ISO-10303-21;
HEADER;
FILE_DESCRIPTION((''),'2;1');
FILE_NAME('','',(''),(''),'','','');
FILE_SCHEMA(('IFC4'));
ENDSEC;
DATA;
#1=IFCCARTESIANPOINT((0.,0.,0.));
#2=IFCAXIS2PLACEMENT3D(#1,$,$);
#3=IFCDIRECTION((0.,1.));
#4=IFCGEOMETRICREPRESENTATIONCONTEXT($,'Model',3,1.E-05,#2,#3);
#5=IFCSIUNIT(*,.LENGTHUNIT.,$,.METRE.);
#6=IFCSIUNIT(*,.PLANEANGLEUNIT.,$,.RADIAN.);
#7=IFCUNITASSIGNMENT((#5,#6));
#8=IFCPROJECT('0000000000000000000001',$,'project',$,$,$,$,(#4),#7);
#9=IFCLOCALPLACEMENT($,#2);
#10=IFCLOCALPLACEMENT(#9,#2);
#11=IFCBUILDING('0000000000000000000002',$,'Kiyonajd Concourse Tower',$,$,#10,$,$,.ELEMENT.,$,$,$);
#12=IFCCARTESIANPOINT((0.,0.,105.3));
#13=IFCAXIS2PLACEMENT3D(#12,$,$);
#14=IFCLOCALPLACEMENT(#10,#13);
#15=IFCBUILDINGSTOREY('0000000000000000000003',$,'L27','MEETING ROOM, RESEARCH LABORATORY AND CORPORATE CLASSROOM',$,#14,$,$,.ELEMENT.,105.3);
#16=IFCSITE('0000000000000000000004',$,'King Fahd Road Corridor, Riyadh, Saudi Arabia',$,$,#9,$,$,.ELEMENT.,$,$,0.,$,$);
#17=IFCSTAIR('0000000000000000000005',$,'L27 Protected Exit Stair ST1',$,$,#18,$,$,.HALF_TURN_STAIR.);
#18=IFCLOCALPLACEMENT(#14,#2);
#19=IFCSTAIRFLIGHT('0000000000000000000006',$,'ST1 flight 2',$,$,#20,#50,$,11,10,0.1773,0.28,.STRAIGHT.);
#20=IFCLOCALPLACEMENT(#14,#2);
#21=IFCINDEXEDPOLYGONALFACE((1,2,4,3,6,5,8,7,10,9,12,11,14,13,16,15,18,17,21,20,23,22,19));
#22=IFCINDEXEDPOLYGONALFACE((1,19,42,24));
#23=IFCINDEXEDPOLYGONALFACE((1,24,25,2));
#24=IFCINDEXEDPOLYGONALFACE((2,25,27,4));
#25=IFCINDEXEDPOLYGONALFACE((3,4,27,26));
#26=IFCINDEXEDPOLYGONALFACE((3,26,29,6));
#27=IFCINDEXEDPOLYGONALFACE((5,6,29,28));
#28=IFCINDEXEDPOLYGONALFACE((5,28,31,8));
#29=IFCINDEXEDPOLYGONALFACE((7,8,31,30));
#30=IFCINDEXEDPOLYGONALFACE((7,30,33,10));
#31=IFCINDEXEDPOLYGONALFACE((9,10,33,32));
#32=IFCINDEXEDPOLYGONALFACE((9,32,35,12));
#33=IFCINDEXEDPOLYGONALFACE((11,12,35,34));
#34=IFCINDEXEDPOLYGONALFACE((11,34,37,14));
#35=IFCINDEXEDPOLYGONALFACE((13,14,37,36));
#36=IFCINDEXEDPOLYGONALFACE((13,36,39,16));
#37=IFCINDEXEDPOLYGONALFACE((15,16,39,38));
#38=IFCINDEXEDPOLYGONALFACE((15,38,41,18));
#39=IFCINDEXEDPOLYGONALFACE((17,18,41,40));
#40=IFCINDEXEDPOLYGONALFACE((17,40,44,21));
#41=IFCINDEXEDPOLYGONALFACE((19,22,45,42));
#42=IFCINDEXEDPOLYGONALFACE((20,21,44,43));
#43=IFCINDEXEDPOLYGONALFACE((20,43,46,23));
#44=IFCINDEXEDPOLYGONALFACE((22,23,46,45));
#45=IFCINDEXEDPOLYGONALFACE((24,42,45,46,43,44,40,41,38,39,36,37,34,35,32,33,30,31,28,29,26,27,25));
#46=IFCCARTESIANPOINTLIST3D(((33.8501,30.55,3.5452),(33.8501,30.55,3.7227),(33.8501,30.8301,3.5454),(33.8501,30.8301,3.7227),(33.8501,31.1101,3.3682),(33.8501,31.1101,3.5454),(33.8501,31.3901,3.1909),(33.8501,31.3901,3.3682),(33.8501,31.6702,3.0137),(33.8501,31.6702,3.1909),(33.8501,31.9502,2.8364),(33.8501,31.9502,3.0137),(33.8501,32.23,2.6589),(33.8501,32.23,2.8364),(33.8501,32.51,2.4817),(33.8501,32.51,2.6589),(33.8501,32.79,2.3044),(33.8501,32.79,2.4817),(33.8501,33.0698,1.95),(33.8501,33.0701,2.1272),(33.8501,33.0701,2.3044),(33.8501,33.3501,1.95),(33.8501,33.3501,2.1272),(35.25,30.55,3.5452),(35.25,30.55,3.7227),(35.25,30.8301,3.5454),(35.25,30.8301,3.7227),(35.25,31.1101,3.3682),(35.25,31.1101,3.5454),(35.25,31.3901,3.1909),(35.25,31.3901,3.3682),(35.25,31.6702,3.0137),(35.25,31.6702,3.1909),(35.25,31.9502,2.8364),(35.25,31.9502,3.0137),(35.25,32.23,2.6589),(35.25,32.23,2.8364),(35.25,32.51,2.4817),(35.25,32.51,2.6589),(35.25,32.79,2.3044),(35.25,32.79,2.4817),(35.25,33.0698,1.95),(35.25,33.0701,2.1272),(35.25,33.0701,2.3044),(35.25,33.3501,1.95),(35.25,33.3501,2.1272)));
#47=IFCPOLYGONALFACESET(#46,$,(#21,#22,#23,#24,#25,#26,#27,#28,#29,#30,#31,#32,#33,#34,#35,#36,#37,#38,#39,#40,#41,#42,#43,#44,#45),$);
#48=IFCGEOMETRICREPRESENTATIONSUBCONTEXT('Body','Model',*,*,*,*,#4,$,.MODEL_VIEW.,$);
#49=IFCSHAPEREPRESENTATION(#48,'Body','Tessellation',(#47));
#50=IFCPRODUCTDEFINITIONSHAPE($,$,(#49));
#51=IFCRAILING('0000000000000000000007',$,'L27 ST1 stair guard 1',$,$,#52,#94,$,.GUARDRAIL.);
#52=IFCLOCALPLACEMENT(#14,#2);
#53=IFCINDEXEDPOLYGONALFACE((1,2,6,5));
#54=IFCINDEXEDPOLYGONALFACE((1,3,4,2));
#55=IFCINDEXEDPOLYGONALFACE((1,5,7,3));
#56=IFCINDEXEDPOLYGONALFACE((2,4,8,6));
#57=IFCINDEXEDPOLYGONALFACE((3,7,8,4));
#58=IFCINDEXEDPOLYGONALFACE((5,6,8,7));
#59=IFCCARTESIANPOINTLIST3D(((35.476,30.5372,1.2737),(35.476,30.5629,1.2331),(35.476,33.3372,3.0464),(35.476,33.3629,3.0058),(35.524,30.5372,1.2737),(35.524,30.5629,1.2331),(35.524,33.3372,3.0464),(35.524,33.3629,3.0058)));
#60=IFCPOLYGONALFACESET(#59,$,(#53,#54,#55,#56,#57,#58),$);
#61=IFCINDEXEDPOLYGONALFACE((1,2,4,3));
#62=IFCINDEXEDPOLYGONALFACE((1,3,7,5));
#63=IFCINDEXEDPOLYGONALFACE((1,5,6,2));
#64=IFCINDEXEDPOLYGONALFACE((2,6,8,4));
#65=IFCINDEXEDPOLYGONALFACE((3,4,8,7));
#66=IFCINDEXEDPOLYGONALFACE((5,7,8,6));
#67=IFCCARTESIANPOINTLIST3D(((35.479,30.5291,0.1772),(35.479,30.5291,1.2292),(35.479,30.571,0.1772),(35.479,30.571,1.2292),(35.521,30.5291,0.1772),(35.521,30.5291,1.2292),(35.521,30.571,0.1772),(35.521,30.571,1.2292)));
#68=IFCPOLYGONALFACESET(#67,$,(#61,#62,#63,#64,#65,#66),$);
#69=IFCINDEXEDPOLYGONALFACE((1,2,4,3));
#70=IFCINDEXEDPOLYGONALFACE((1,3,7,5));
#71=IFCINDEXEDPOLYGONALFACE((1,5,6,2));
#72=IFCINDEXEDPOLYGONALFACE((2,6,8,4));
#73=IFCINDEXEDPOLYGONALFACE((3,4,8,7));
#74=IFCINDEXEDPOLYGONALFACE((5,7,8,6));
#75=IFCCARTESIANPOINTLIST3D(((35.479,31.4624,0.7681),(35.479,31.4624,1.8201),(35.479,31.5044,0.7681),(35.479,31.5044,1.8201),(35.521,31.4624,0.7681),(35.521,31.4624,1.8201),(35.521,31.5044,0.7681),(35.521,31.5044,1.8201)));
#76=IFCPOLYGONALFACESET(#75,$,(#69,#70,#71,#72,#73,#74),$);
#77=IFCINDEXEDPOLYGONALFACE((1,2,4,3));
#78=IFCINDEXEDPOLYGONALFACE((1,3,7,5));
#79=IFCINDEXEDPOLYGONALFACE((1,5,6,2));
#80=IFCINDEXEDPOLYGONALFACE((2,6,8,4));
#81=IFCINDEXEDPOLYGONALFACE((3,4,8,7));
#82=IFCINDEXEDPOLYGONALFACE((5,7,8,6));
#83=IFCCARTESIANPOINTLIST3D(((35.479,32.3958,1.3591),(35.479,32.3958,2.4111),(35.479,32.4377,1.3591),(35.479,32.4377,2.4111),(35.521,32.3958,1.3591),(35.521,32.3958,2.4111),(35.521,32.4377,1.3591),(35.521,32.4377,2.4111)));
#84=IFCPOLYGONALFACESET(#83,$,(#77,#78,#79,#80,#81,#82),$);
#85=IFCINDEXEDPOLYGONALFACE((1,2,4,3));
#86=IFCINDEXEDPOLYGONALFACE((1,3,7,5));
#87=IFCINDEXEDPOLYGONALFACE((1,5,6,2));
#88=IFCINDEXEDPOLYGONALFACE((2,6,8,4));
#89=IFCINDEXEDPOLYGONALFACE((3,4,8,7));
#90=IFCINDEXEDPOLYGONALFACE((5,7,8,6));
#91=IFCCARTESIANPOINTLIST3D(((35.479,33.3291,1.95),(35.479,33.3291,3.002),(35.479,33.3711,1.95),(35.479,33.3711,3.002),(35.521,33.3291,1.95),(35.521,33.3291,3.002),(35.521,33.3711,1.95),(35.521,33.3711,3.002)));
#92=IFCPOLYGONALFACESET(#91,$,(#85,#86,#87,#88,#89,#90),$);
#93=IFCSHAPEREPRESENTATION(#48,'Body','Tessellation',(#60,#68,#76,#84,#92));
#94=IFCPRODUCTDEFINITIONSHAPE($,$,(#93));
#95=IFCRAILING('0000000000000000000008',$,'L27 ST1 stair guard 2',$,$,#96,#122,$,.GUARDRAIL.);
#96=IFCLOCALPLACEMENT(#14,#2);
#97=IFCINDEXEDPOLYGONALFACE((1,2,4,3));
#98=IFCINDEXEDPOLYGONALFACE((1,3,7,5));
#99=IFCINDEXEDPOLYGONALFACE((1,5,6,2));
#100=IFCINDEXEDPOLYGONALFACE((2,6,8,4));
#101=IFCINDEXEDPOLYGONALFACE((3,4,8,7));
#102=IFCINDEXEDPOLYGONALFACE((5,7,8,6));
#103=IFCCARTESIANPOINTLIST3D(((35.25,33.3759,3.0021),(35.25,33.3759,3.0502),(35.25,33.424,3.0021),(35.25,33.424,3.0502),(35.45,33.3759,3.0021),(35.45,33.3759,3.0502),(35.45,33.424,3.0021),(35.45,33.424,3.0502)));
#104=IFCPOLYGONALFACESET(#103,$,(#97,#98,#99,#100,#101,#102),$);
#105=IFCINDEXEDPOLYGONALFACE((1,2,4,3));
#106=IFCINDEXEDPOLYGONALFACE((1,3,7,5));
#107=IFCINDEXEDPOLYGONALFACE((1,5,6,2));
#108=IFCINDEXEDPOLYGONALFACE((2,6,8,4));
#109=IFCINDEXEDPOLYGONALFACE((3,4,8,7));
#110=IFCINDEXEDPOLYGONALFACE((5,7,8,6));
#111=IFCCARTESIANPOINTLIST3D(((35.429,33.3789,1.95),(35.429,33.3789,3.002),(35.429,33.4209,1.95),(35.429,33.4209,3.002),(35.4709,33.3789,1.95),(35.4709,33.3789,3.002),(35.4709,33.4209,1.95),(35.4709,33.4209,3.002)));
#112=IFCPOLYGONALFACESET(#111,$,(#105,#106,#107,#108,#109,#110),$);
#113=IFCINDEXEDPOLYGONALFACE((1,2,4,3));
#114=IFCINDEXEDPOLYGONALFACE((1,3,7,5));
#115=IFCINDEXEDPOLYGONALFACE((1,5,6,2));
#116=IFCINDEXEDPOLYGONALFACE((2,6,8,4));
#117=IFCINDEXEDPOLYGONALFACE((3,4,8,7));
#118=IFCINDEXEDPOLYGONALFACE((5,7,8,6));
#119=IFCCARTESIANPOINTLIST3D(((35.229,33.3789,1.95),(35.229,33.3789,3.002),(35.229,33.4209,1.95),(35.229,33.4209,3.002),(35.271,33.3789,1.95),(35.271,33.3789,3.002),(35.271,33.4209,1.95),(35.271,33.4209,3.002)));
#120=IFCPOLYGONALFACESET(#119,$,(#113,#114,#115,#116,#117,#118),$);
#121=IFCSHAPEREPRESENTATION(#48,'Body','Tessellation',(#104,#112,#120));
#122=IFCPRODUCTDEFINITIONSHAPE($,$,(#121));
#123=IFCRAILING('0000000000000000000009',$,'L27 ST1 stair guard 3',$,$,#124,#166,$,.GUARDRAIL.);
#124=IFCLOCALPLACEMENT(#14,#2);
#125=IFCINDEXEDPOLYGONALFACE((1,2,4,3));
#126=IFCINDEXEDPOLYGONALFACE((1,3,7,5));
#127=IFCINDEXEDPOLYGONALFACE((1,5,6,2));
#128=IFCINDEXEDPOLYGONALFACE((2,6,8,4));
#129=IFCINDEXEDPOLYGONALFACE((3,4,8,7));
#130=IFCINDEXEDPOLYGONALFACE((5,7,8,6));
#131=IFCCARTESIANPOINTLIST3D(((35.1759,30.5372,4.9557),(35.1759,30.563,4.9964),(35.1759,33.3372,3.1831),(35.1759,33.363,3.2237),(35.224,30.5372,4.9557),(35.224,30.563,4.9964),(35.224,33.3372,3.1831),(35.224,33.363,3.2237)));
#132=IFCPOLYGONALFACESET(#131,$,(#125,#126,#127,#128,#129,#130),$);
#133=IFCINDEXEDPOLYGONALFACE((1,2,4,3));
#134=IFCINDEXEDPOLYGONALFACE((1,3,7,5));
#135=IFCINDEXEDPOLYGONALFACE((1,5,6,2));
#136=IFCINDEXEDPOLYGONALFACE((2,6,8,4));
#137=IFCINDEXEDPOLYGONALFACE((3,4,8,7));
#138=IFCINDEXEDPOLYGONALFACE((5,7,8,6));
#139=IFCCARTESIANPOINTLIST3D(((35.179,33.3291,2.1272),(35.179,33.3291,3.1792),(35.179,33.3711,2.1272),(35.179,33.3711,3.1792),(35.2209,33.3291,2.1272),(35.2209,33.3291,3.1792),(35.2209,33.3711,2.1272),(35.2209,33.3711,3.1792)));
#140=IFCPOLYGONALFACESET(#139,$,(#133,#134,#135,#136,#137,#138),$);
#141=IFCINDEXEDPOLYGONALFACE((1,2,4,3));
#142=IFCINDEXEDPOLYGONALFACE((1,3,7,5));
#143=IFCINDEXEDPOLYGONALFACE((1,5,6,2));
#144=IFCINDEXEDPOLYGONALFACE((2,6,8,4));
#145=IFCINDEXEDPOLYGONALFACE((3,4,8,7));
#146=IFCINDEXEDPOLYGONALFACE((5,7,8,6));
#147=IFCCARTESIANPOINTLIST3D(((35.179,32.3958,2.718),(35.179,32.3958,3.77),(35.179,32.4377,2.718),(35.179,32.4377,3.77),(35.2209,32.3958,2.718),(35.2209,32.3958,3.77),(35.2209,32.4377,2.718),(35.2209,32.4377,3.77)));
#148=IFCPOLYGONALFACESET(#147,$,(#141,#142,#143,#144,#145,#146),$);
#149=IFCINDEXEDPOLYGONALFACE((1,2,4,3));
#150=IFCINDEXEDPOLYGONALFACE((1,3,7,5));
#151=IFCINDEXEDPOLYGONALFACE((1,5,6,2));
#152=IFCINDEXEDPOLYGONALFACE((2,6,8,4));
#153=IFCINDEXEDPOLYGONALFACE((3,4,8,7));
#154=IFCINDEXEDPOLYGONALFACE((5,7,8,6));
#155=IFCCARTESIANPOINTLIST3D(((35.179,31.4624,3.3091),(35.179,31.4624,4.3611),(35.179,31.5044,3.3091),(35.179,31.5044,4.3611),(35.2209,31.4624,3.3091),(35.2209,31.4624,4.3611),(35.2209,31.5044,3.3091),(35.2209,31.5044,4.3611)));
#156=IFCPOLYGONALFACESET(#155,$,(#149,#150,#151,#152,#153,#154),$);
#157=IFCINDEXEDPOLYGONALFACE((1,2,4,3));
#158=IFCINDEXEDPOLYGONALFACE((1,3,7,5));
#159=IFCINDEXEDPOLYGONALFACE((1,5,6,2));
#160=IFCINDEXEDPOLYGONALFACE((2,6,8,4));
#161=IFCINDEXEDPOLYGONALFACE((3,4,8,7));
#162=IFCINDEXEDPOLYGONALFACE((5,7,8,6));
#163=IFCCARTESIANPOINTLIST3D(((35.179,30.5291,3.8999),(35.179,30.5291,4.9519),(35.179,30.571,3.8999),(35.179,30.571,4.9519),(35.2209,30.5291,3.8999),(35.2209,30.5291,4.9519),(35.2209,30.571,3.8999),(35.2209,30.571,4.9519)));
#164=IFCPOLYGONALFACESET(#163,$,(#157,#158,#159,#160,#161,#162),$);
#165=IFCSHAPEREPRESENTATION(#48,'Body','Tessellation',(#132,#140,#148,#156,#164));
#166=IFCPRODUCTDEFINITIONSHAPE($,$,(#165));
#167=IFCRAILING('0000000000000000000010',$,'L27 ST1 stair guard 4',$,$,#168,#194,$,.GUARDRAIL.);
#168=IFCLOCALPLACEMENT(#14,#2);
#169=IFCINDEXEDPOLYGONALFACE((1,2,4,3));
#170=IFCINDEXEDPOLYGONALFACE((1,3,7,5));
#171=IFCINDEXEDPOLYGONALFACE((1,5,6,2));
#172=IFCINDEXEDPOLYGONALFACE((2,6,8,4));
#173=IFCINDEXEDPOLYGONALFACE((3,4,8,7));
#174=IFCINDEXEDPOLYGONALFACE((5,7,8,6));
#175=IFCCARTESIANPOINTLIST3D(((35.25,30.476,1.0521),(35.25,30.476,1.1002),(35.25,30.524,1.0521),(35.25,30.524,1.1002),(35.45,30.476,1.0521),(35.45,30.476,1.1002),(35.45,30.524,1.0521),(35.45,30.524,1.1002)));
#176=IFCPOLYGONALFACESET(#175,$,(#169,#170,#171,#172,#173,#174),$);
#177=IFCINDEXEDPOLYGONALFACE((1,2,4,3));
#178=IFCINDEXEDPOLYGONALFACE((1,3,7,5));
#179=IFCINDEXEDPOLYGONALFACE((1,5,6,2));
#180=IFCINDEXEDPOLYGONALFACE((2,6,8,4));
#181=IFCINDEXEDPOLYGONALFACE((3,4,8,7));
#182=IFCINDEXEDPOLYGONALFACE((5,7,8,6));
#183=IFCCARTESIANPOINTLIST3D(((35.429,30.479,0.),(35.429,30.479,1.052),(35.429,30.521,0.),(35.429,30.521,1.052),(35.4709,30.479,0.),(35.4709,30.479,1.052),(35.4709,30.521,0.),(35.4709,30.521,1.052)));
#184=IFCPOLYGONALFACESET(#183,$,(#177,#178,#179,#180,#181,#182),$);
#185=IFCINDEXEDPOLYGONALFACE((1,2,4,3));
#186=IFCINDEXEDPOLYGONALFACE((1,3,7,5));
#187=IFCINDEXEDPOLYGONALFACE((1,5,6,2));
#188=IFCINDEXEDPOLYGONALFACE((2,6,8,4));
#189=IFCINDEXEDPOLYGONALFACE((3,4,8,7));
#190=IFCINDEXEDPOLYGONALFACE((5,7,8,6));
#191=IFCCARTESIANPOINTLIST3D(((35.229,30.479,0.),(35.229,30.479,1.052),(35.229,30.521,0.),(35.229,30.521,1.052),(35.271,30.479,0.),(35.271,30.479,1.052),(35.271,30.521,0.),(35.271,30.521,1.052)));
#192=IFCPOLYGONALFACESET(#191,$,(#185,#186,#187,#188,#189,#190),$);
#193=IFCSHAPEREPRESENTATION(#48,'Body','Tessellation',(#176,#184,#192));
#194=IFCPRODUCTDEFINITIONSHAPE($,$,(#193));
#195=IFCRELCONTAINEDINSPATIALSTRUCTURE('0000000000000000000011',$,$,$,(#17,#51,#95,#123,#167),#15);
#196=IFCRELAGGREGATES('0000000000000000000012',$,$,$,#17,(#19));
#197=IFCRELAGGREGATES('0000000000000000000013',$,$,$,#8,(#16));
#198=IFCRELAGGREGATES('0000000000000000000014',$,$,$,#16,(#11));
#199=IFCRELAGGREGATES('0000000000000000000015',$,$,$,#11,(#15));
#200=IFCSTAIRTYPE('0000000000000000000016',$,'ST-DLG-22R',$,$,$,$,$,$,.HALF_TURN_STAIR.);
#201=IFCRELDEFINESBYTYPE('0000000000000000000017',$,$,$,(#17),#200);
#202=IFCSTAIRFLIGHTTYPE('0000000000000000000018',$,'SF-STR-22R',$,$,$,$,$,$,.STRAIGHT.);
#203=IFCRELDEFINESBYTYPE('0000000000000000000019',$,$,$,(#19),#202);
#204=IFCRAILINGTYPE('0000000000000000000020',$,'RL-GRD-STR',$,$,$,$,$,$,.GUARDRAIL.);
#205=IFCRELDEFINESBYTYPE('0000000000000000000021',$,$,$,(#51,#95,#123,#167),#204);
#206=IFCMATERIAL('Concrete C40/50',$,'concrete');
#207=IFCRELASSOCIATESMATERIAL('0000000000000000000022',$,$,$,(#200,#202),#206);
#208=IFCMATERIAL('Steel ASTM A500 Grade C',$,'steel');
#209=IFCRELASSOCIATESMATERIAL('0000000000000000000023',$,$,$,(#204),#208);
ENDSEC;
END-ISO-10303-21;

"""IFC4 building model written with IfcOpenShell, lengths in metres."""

from ifc_helpers import new_model, si_unit, direction, frame, origin, origin_2d, place, context, subcontext, project, spatial, polyline, rectangle, outline, extrude, material, type_object, element, aggregate, save


model = new_model("IFC4")

# Units and contexts
model_context = context("Model", 3, precision=1e-05, world=origin(), true_north=direction((0.0, 1.0)))
body_context = subcontext(model_context, "Body", "Model", "MODEL_VIEW")
ifc_project = project(units=[si_unit("LENGTHUNIT", "METRE"), si_unit("PLANEANGLEUNIT", "RADIAN")], contexts=[model_context])

# Site, building, storey
site_placement = place(None, origin())
site = spatial("IfcSite", under=ifc_project, at=site_placement, Name="King Fahd Road Corridor, Riyadh, Saudi Arabia", CompositionType="ELEMENT", RefElevation=0.0)
building_placement = place(site_placement, origin())
building = spatial("IfcBuilding", under=site, at=building_placement, Name="Kiyonajd Concourse Tower", CompositionType="ELEMENT")
storey_placement = place(building_placement, frame((0.0, 0.0, 105.3)))
storey = spatial("IfcBuildingStorey", under=building, at=storey_placement, Name="L27", Description="MEETING ROOM, RESEARCH LABORATORY AND CORPORATE CLASSROOM", CompositionType="ELEMENT", Elevation=105.3)

# Stair, stair flight
ifc_material_1 = material(Name="Concrete C40/50", Category="concrete")
stair_type = type_object("IfcStairType", Name="ST-DLG-22R", PredefinedType="HALF_TURN_STAIR", material=ifc_material_1)
stair_placement = place(storey_placement, origin())
stair = element("IfcStair", 1, at=stair_placement, inside=storey, type_object=stair_type, Name="L27 Protected Exit Stair ST1", PredefinedType="HALF_TURN_STAIR")
stair_flight_type = type_object("IfcStairFlightType", Name="SF-STR-22R", PredefinedType="STRAIGHT", material=ifc_material_1)
stair_flight_1_placement = place(storey_placement, frame((34.55, 33.3501, 1.95), z_axis=(0.0, 0.0, 1.0), x_axis=(0.0, -1.0, 0.0)))
stair_flight_1 = element("IfcStairFlight", 2, at=stair_flight_1_placement, type_object=stair_flight_type, Name="ST1 flight 2", NumberOfRisers=11, NumberOfTreads=10, PredefinedType="STRAIGHT", RiserHeight=0.1773, TreadLength=0.28, context=body_context, shape_type="SweptSolid", body=[
    extrude(outline(polyline([(0.0, 0.0), (0.0, 0.1772), (0.28, 0.1772), (0.28, 0.3545), (0.5601, 0.3545), (0.5601, 0.5317), (0.8401, 0.5317), (0.8401, 0.709), (1.1201, 0.709), (1.1201, 0.8865), (1.3999, 0.8865), (1.3999, 1.0637), (1.6799, 1.0637), (1.6799, 1.241), (1.96, 1.241), (1.96, 1.4182), (2.24, 1.4182), (2.24, 1.5955), (2.52, 1.5955), (2.52, 1.7727), (2.8, 1.7727), (2.8, 1.95), (2.8, 1.5952), (0.2803, 0.0), (0.0, 0.0)])), frame((0.0, 0.7, 0.0), z_axis=(0.0, -1.0, 0.0), x_axis=(1.0, 0.0, 0.0)), (0.0, 0.0, 1.0), 1.3999),
])
aggregate(stair, [stair_flight_1])

# Railings
ifc_material_2 = material(Name="Steel ASTM A500 Grade C", Category="steel")
railing_type_1 = type_object("IfcRailingType", Name="RL-GRD-STR", PredefinedType="GUARDRAIL", material=ifc_material_2)
railing_1_placement = place(storey_placement, frame((35.5, 30.55, 0.1772)))
element("IfcRailing", 3, at=railing_1_placement, inside=storey, type_object=railing_type_1, Name="L27 ST1 stair guard 1", PredefinedType="GUARDRAIL", context=body_context, shape_type="SweptSolid", body=[
    extrude(rectangle(XDim=0.0481, YDim=0.0481, at=origin_2d()), frame((0.0, 0.0, 1.0762), z_axis=(0.0, 0.844909, 0.53491), x_axis=(-1.0, 0.0, 0.0)), (0.0, 0.0, 1.0), 3.314),
    extrude(rectangle(XDim=0.042, YDim=0.042, at=origin_2d()), origin(), (0.0, 0.0, 1.0), 1.052),
    extrude(rectangle(XDim=0.042, YDim=0.042, at=origin_2d()), frame((0.0, 0.9333, 0.5908)), (0.0, 0.0, 1.0), 1.052),
    extrude(rectangle(XDim=0.042, YDim=0.042, at=origin_2d()), frame((0.0, 1.8667, 1.1819)), (0.0, 0.0, 1.0), 1.052),
    extrude(rectangle(XDim=0.042, YDim=0.042, at=origin_2d()), frame((0.0, 2.8, 1.7727)), (0.0, 0.0, 1.0), 1.052),
])
railing_2_placement = place(storey_placement, frame((35.45, 33.3999, 1.95)))
element("IfcRailing", 4, at=railing_2_placement, inside=storey, type_object=railing_type_1, Name="L27 ST1 stair guard 2", PredefinedType="GUARDRAIL", context=body_context, shape_type="SweptSolid", body=[
    extrude(rectangle(XDim=0.0481, YDim=0.0481, at=origin_2d()), frame((0.0, 0.0, 1.0762), z_axis=(-1.0, 0.0, 0.0), x_axis=(0.0, -1.0, 0.0)), (0.0, 0.0, 1.0), 0.2),
    extrude(rectangle(XDim=0.042, YDim=0.042, at=origin_2d()), origin(), (0.0, 0.0, 1.0), 1.052),
    extrude(rectangle(XDim=0.042, YDim=0.042, at=origin_2d()), frame((-0.2, 0.0, 0.0)), (0.0, 0.0, 1.0), 1.052),
])
railing_3_placement = place(storey_placement, frame((35.2, 33.3501, 2.1272)))
element("IfcRailing", 5, at=railing_3_placement, inside=storey, type_object=railing_type_1, Name="L27 ST1 stair guard 3", PredefinedType="GUARDRAIL", context=body_context, shape_type="SweptSolid", body=[
    extrude(rectangle(XDim=0.0481, YDim=0.0481, at=origin_2d()), frame((0.0, 0.0, 1.0762), z_axis=(0.0, -0.844909, 0.53491), x_axis=(1.0, 0.0, 0.0)), (0.0, 0.0, 1.0), 3.314),
    extrude(rectangle(XDim=0.042, YDim=0.042, at=origin_2d()), origin(), (0.0, 0.0, 1.0), 1.052),
    extrude(rectangle(XDim=0.042, YDim=0.042, at=origin_2d()), frame((0.0, -0.9333, 0.5908)), (0.0, 0.0, 1.0), 1.052),
    extrude(rectangle(XDim=0.042, YDim=0.042, at=origin_2d()), frame((0.0, -1.8667, 1.1819)), (0.0, 0.0, 1.0), 1.052),
    extrude(rectangle(XDim=0.042, YDim=0.042, at=origin_2d()), frame((0.0, -2.8, 1.7727)), (0.0, 0.0, 1.0), 1.052),
])
railing_4_placement = place(storey_placement, frame((35.45, 30.5, 0.0)))
element("IfcRailing", 6, at=railing_4_placement, inside=storey, type_object=railing_type_1, Name="L27 ST1 stair guard 4", PredefinedType="GUARDRAIL", context=body_context, shape_type="SweptSolid", body=[
    extrude(rectangle(XDim=0.0481, YDim=0.0481, at=origin_2d()), frame((0.0, 0.0, 1.0762), z_axis=(-1.0, 0.0, 0.0), x_axis=(0.0, -1.0, 0.0)), (0.0, 0.0, 1.0), 0.2),
    extrude(rectangle(XDim=0.042, YDim=0.042, at=origin_2d()), origin(), (0.0, 0.0, 1.0), 1.052),
    extrude(rectangle(XDim=0.042, YDim=0.042, at=origin_2d()), frame((-0.2, 0.0, 0.0)), (0.0, 0.0, 1.0), 1.052),
])

save(model, "model.ifc")
